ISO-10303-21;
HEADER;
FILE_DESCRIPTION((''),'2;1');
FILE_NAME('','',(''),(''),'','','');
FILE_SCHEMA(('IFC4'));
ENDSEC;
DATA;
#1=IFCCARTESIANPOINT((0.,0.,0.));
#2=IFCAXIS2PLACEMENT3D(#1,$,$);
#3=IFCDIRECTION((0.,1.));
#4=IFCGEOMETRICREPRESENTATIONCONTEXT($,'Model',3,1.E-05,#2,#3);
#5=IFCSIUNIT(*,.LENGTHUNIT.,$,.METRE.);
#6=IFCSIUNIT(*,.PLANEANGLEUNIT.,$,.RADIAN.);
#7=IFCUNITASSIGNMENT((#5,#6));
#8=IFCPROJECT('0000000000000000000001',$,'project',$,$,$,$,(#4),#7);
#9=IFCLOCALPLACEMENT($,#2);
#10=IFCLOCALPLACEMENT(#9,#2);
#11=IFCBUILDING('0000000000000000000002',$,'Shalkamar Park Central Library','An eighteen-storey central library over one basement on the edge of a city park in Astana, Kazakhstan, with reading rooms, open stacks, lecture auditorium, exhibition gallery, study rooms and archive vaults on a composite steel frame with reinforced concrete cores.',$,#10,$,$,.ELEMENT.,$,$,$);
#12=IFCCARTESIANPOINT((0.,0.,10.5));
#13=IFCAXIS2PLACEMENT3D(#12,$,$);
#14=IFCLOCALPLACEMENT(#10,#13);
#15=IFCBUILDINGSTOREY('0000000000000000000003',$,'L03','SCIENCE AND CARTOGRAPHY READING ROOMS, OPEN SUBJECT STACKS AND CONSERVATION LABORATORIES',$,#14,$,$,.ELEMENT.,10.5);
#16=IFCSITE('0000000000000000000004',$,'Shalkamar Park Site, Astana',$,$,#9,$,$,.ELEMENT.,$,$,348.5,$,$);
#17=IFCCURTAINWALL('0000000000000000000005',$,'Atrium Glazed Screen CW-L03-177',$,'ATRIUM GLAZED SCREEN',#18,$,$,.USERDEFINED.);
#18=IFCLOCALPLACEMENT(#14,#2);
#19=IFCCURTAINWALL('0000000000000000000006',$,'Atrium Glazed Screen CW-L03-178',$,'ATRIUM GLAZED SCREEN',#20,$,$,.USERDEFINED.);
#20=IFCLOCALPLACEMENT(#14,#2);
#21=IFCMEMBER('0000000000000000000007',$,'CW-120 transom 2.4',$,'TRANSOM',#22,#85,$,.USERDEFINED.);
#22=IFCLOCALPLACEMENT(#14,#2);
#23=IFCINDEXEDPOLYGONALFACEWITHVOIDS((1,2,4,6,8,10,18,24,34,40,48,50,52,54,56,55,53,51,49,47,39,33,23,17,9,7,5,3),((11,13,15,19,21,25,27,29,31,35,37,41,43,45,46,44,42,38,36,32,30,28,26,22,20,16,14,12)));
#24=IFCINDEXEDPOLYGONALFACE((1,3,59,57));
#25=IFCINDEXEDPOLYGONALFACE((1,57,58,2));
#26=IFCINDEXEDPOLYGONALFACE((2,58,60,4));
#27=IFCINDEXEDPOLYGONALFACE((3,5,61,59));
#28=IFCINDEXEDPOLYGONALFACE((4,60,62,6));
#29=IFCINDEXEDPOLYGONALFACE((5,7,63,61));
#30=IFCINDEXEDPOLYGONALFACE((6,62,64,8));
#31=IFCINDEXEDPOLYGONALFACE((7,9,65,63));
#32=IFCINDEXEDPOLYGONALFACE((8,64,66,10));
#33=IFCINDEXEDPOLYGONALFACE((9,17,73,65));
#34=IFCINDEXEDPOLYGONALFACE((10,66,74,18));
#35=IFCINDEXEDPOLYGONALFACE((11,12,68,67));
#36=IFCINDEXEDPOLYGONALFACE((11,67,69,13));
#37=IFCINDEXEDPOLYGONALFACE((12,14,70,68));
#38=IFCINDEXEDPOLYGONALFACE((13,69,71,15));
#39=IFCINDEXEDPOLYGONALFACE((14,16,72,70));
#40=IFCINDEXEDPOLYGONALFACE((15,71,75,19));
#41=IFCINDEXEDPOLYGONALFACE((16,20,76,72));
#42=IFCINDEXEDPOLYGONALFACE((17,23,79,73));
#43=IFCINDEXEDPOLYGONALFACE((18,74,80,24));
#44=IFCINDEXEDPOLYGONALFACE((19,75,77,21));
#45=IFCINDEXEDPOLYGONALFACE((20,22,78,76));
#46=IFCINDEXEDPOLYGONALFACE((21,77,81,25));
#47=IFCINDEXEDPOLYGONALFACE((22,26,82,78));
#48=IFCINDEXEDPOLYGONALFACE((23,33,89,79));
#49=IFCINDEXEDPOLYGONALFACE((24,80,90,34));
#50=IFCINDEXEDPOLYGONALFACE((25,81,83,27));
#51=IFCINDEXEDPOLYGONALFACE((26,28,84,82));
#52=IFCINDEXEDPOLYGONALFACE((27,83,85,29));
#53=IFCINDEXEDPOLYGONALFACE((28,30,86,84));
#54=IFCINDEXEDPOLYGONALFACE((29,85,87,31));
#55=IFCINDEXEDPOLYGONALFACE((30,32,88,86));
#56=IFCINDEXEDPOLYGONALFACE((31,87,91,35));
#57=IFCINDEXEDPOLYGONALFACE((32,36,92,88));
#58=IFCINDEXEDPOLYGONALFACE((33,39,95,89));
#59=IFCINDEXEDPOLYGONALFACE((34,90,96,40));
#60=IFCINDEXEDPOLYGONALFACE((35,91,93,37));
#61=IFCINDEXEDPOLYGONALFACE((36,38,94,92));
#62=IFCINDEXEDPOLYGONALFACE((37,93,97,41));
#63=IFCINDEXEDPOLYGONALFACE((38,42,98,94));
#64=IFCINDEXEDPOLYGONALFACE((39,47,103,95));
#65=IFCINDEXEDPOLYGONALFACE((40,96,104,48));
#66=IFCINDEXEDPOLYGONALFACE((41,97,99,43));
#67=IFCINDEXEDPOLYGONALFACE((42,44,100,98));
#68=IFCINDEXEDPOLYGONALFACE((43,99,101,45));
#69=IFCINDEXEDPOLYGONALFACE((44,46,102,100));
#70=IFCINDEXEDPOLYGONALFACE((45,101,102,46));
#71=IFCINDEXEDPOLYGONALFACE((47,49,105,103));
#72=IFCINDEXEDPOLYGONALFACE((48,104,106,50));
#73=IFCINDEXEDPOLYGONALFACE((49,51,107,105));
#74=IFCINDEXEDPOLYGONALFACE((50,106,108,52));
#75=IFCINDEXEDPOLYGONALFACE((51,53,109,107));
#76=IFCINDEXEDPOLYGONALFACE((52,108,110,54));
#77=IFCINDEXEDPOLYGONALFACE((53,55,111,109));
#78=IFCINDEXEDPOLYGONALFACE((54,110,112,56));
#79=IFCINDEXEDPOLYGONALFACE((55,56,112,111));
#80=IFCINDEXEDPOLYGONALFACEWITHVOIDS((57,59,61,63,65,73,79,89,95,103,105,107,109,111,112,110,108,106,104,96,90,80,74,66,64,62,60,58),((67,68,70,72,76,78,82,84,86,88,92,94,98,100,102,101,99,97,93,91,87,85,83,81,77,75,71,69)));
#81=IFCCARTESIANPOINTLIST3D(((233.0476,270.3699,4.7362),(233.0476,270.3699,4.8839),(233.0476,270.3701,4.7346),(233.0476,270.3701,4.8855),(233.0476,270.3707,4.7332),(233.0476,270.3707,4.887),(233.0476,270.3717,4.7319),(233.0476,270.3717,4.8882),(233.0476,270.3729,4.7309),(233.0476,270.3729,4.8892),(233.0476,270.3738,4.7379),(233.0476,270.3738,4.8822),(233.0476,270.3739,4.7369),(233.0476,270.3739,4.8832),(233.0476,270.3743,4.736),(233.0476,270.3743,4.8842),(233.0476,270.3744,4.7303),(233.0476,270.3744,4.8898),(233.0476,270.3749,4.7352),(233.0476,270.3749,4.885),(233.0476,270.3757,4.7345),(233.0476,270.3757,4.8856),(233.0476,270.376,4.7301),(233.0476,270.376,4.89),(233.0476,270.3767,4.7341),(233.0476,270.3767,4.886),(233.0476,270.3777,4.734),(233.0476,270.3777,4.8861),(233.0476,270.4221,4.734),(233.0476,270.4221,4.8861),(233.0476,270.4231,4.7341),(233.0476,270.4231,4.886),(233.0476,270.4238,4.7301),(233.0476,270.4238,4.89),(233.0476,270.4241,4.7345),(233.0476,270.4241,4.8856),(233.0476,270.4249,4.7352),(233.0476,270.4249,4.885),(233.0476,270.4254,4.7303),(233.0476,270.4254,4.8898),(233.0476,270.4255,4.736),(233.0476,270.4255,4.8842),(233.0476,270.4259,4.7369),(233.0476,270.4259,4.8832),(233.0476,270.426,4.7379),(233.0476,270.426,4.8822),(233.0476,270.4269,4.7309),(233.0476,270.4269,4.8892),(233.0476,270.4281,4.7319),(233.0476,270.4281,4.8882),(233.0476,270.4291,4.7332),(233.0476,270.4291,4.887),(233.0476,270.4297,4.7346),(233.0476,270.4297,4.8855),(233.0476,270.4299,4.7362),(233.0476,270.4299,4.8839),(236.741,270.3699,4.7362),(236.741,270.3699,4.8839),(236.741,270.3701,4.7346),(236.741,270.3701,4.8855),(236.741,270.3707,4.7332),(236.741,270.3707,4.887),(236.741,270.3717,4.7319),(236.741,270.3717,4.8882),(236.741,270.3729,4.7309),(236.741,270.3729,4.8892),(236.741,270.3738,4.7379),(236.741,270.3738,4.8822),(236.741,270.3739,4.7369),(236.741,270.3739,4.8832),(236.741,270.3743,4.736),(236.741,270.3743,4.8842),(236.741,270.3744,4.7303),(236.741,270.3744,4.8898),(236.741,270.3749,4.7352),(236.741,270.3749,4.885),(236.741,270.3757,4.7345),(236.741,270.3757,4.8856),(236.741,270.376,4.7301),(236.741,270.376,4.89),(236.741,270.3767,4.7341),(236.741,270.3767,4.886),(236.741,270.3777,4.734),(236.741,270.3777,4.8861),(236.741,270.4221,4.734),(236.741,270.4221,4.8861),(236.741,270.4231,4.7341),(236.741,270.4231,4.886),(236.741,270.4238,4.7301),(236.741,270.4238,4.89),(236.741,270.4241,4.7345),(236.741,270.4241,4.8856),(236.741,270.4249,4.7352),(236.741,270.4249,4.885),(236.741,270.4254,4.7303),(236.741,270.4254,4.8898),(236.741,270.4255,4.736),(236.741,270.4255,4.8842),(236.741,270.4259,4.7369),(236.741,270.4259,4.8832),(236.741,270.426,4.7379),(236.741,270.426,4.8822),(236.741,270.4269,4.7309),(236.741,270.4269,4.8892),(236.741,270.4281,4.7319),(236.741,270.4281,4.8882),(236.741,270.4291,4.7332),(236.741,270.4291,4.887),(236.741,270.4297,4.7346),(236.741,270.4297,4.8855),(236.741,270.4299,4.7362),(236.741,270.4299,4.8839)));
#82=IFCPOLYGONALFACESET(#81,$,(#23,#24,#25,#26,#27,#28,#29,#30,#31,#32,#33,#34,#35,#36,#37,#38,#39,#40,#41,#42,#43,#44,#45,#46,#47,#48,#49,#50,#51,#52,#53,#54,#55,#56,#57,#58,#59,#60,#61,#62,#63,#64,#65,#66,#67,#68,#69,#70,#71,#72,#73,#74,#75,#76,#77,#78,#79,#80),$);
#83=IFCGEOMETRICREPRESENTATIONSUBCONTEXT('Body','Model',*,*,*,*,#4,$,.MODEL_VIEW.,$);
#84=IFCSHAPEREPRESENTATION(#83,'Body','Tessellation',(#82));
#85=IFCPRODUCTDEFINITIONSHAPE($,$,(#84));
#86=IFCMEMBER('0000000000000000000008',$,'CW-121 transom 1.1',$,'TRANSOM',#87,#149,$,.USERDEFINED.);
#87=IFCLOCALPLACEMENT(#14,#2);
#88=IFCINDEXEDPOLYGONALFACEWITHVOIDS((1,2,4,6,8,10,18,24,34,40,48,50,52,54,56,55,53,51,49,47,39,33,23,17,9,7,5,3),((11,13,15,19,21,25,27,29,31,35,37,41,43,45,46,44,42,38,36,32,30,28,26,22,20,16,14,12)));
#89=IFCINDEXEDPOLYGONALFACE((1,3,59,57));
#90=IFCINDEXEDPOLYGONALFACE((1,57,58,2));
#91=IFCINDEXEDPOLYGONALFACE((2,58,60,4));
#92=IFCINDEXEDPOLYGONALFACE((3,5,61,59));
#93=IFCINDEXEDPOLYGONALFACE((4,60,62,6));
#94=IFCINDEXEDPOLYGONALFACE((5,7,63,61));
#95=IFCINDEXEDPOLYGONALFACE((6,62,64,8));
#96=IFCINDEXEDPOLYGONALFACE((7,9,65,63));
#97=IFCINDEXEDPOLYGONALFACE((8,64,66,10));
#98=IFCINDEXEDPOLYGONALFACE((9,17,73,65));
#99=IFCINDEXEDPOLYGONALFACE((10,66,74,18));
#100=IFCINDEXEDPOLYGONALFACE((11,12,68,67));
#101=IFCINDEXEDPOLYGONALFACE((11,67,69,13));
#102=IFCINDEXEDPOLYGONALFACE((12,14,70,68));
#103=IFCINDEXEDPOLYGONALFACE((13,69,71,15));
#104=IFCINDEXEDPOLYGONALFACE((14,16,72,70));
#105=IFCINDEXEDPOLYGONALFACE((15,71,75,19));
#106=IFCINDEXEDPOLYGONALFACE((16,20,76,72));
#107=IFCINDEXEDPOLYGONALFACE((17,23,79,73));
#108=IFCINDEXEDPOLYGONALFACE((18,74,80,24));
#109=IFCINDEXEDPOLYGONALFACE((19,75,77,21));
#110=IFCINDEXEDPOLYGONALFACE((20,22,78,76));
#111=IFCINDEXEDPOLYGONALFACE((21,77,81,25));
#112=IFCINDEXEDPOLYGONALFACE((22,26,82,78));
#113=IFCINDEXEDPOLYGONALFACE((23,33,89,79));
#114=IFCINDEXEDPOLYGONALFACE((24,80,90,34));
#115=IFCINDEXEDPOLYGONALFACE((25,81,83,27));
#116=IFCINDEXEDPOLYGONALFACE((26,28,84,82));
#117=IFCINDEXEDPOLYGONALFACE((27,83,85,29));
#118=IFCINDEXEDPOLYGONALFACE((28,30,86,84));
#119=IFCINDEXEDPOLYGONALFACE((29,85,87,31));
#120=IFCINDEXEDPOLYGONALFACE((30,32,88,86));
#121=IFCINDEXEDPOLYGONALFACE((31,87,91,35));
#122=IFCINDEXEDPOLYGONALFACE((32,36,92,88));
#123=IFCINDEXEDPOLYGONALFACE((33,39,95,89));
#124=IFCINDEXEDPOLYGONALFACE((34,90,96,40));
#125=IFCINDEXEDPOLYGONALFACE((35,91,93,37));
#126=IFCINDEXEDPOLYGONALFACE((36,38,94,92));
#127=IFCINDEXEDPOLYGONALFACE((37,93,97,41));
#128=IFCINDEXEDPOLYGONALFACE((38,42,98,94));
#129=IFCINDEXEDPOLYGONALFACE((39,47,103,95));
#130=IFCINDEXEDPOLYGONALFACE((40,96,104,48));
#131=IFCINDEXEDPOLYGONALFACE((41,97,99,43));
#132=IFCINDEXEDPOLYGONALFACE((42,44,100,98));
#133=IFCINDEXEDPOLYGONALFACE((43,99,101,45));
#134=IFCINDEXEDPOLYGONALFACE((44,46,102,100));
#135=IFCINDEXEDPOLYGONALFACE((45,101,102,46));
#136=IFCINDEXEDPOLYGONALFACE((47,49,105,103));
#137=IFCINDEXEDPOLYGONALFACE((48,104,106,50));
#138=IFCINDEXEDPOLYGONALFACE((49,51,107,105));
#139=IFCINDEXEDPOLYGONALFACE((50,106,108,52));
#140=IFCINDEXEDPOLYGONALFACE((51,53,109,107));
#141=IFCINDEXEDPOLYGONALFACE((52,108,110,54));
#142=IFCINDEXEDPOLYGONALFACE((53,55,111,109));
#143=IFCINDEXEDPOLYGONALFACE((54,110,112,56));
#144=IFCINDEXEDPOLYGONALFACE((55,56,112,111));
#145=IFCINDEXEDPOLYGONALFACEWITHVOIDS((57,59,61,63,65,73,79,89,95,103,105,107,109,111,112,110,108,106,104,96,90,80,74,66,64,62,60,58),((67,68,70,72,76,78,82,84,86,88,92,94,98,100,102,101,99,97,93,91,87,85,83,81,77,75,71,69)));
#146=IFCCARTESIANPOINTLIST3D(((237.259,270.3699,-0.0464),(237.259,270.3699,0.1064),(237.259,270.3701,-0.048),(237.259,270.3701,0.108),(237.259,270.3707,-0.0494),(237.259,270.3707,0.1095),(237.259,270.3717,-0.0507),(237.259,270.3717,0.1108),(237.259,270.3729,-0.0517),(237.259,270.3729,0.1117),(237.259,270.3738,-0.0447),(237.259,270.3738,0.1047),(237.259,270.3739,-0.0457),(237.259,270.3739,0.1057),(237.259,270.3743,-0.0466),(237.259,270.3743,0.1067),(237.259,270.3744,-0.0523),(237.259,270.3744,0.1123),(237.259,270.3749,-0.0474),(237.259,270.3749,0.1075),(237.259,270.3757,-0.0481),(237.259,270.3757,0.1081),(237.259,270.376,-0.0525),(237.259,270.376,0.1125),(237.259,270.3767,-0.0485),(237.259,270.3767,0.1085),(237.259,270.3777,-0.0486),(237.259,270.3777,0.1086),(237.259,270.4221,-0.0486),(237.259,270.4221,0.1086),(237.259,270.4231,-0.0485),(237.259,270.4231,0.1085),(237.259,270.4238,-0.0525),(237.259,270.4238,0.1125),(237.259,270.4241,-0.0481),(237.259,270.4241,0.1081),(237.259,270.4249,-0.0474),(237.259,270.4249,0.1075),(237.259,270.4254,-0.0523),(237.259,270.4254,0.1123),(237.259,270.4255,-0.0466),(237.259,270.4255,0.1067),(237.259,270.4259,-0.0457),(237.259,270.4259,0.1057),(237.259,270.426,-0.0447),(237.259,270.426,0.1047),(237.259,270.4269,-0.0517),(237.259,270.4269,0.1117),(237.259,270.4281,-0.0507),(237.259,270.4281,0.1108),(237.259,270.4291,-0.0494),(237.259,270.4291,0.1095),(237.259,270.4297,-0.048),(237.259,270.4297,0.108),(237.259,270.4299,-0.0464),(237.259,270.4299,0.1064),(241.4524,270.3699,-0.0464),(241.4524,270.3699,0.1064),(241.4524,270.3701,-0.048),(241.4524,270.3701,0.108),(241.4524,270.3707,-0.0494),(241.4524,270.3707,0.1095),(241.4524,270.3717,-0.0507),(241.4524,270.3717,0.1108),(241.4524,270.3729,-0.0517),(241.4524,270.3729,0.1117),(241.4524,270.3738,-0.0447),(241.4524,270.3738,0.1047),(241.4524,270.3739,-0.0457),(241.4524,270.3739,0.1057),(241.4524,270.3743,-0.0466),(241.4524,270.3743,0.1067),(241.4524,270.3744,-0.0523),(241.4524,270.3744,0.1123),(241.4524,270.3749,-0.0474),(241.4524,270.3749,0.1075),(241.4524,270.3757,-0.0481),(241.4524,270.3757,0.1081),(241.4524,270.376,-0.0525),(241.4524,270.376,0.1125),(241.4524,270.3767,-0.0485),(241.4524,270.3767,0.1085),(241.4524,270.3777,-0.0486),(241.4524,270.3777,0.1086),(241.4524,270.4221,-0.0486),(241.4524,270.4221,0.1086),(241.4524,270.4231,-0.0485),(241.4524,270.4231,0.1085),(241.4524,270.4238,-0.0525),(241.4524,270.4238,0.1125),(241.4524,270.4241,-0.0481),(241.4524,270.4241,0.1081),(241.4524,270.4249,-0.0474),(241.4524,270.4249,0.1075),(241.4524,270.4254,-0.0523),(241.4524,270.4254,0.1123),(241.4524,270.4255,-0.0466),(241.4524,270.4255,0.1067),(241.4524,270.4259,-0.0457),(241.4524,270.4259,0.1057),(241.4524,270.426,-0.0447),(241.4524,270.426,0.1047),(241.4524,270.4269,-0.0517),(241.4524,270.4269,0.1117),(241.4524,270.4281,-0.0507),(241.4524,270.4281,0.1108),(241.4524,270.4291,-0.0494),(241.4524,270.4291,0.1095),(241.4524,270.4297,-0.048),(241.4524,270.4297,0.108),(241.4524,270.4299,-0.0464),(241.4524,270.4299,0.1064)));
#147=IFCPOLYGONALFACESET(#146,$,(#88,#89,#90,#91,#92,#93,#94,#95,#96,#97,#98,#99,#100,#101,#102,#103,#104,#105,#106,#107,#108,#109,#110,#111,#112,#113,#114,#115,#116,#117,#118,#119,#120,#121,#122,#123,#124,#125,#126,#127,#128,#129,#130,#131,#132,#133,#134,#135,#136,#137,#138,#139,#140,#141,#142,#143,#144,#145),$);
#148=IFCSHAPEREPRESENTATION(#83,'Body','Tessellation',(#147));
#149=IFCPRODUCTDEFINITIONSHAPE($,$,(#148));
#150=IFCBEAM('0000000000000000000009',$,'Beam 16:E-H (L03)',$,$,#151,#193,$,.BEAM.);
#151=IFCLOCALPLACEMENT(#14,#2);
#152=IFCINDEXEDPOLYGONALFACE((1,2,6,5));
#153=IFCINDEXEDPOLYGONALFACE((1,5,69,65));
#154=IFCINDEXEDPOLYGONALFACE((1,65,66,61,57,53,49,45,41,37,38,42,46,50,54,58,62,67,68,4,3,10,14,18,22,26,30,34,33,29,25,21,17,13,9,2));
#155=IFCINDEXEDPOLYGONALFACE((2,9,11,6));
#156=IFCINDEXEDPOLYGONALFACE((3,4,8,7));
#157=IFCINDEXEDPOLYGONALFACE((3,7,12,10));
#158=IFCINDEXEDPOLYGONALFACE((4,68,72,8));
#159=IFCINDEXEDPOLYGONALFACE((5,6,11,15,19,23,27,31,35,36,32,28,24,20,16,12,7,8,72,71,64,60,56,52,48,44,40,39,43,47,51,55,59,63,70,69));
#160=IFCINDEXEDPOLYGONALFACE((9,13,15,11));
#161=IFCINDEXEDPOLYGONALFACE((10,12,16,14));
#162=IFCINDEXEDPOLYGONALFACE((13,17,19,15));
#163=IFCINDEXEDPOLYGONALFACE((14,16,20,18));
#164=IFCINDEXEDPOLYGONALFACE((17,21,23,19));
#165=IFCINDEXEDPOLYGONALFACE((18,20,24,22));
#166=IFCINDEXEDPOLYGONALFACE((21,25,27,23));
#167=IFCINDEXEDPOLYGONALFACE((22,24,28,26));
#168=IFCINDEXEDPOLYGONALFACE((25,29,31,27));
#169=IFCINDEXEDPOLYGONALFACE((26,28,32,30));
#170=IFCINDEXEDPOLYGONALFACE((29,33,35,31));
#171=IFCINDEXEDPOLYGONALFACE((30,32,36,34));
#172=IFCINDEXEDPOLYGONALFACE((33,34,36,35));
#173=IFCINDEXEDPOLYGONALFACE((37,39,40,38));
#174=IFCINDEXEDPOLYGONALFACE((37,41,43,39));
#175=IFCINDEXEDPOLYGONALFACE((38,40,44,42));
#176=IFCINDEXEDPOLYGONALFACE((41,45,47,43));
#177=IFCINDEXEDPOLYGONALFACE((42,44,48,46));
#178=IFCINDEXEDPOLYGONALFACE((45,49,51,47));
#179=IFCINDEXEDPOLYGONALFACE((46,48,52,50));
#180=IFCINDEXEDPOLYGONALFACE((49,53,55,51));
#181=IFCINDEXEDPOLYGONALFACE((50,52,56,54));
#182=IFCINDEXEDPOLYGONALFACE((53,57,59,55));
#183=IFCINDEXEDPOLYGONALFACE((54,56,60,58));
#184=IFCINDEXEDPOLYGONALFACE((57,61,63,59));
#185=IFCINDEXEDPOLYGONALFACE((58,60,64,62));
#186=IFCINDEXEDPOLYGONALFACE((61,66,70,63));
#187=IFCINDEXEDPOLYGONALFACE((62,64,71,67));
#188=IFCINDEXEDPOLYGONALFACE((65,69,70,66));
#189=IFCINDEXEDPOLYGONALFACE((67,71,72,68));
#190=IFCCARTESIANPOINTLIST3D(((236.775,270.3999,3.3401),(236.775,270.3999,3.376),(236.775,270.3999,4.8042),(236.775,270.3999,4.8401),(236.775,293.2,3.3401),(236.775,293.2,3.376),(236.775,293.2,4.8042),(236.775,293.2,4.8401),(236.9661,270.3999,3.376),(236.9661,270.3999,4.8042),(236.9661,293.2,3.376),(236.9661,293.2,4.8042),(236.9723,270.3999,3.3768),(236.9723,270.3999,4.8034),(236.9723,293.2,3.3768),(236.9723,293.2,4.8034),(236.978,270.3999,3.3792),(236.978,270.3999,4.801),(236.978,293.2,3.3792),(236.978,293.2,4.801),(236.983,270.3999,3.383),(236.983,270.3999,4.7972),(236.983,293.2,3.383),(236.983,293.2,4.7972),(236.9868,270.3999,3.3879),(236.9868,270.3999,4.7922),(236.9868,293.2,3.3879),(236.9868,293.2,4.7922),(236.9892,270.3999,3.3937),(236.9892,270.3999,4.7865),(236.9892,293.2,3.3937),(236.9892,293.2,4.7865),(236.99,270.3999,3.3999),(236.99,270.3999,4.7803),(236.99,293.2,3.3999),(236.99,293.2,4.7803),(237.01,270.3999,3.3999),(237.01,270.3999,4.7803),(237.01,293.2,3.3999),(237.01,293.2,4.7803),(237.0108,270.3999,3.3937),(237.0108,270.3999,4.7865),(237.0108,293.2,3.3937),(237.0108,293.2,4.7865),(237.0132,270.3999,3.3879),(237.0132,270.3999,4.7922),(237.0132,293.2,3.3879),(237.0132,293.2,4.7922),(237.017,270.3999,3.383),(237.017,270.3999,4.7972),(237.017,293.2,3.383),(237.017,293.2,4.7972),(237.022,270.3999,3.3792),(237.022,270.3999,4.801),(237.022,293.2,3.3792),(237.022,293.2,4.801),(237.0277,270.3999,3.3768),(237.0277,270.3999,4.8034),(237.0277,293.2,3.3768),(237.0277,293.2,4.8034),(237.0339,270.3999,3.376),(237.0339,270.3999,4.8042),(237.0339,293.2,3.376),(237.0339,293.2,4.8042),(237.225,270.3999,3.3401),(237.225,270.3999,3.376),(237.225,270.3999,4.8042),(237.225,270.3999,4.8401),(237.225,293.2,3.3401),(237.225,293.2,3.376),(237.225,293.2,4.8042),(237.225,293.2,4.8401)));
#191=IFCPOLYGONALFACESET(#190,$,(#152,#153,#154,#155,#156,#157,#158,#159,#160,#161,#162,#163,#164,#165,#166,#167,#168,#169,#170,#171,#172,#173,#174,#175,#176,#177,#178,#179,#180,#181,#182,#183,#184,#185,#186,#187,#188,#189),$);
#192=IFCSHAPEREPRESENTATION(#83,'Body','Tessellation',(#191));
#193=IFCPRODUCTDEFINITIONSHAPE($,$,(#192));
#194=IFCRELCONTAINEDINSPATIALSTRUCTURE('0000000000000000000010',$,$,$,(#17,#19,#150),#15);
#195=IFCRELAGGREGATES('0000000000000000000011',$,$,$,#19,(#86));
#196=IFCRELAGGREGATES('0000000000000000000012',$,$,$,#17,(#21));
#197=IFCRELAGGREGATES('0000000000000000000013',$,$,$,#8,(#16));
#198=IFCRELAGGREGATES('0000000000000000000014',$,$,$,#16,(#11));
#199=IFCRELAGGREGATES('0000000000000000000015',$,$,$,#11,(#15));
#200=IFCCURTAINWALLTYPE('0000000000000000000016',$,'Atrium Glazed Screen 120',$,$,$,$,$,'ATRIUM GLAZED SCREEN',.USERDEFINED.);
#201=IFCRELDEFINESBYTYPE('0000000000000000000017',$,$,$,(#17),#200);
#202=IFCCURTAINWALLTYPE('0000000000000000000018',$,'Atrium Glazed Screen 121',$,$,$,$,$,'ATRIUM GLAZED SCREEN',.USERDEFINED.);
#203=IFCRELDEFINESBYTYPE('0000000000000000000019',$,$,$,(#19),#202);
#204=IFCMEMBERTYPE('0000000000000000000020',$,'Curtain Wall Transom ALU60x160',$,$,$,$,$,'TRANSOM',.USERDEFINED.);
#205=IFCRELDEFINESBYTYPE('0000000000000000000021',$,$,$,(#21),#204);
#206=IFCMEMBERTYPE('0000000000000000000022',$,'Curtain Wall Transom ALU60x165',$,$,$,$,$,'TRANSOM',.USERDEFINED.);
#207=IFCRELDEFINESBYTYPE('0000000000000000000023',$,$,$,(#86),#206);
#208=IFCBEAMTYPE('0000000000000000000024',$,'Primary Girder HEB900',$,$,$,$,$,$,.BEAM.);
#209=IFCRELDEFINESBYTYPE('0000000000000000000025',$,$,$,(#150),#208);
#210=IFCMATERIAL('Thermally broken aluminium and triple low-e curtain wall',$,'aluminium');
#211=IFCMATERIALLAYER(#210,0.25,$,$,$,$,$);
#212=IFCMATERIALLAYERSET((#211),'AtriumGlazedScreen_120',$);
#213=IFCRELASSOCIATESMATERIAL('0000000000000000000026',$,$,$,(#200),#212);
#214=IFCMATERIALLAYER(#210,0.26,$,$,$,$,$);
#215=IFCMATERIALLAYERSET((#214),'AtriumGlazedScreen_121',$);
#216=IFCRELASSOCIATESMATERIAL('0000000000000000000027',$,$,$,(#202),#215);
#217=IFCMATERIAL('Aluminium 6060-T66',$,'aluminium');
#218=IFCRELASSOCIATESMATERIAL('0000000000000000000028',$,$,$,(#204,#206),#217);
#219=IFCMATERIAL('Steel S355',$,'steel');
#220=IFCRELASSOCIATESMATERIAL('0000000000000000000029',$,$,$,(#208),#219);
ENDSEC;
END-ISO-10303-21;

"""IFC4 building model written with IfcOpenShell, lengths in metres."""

from ifc_helpers import new_model, si_unit, direction, frame, origin, origin_2d, place, context, subcontext, project, spatial, hollow_rectangle, i_section, extrude, material, layer, layer_set, material_profile, profile_set, type_object, element, aggregate, save


model = new_model("IFC4")

# Units and contexts
model_context = context("Model", 3, precision=1e-05, world=origin(), true_north=direction((0.0, 1.0)))
body_context = subcontext(model_context, "Body", "Model", "MODEL_VIEW")
ifc_project = project(units=[si_unit("LENGTHUNIT", "METRE"), si_unit("PLANEANGLEUNIT", "RADIAN")], contexts=[model_context])

# Site, building, storey
site_placement = place(None, origin())
site = spatial("IfcSite", under=ifc_project, at=site_placement, Name="Shalkamar Park Site, Astana", CompositionType="ELEMENT", RefElevation=348.5)
building_placement = place(site_placement, origin())
building = spatial("IfcBuilding", under=site, at=building_placement, Name="Shalkamar Park Central Library", Description="An eighteen-storey central library over one basement on the edge of a city park in Astana, Kazakhstan, with reading rooms, open stacks, lecture auditorium, exhibition gallery, study rooms and archive vaults on a composite steel frame with reinforced concrete cores.", CompositionType="ELEMENT")
storey_placement = place(building_placement, frame((0.0, 0.0, 10.5)))
storey = spatial("IfcBuildingStorey", under=building, at=storey_placement, Name="L03", Description="SCIENCE AND CARTOGRAPHY READING ROOMS, OPEN SUBJECT STACKS AND CONSERVATION LABORATORIES", CompositionType="ELEMENT", Elevation=10.5)

# Shared definitions
ifc_material_1 = material(Name="Steel S355", Category="steel")

# Curtain wall
ifc_material_2 = material(Name="Thermally broken aluminium and triple low-e curtain wall", Category="aluminium")
ifc_layer_1 = layer(ifc_material_2, 0.25)
ifc_layer_set_1 = layer_set([ifc_layer_1], Name="AtriumGlazedScreen_120")
curtain_wall_type_1 = type_object("IfcCurtainWallType", Name="Atrium Glazed Screen 120", ElementType="ATRIUM GLAZED SCREEN", PredefinedType="USERDEFINED", material=ifc_layer_set_1)
curtain_wall_1_placement = place(storey_placement, origin())
curtain_wall_1 = element("IfcCurtainWall", 1, at=curtain_wall_1_placement, inside=storey, type_object=curtain_wall_type_1, Name="Atrium Glazed Screen CW-L03-177", ObjectType="ATRIUM GLAZED SCREEN", PredefinedType="USERDEFINED")
ifc_material_3 = material(Name="Aluminium 6060-T66", Category="aluminium")

# Curtain wall
ifc_layer_2 = layer(ifc_material_2, 0.26)
ifc_layer_set_2 = layer_set([ifc_layer_2], Name="AtriumGlazedScreen_121")
curtain_wall_type_2 = type_object("IfcCurtainWallType", Name="Atrium Glazed Screen 121", ElementType="ATRIUM GLAZED SCREEN", PredefinedType="USERDEFINED", material=ifc_layer_set_2)
curtain_wall_2_placement = place(storey_placement, origin())
curtain_wall_2 = element("IfcCurtainWall", 2, at=curtain_wall_2_placement, inside=storey, type_object=curtain_wall_type_2, Name="Atrium Glazed Screen CW-L03-178", ObjectType="ATRIUM GLAZED SCREEN", PredefinedType="USERDEFINED")

# Members
ifc_material_profile_1 = material_profile(ifc_material_3, hollow_rectangle(XDim=0.0601, YDim=0.1599, WallThickness=0.0039, InnerFilletRadius=0.0039, OuterFilletRadius=0.0061, at=origin_2d()), Name="ALU 60x160x4")
ifc_profile_set_1 = profile_set([ifc_material_profile_1], Name="Aluminium 6060-T66")
member_type_1 = type_object("IfcMemberType", Name="Curtain Wall Transom ALU60x160", ElementType="TRANSOM", PredefinedType="USERDEFINED", material=ifc_profile_set_1)
member_1_placement = place(storey_placement, frame((233.0476, 270.3999, 4.8101), z_axis=(1.0, 0.0, 0.0), x_axis=(0.0, 1.0, 0.0)))
member_1 = element("IfcMember", 3, at=member_1_placement, type_object=member_type_1, Name="CW-120 transom 2.4", ObjectType="TRANSOM", PredefinedType="USERDEFINED", context=body_context, shape_type="SweptSolid", body=[
    extrude(hollow_rectangle(XDim=0.0601, YDim=0.1599, WallThickness=0.0039, InnerFilletRadius=0.0039, OuterFilletRadius=0.0061, at=origin_2d()), origin(), (0.0, 0.0, 1.0), 3.6934),
])
ifc_material_profile_2 = material_profile(ifc_material_3, hollow_rectangle(XDim=0.0601, YDim=0.165, WallThickness=0.0039, InnerFilletRadius=0.0039, OuterFilletRadius=0.0061, at=origin_2d()), Name="ALU 60x165x4")
ifc_profile_set_2 = profile_set([ifc_material_profile_2], Name="Aluminium 6060-T66")
member_type_2 = type_object("IfcMemberType", Name="Curtain Wall Transom ALU60x165", ElementType="TRANSOM", PredefinedType="USERDEFINED", material=ifc_profile_set_2)
member_2_placement = place(storey_placement, frame((237.259, 270.3999, 0.03), z_axis=(1.0, 0.0, 0.0), x_axis=(0.0, 1.0, 0.0)))
member_2 = element("IfcMember", 4, at=member_2_placement, type_object=member_type_2, Name="CW-121 transom 1.1", ObjectType="TRANSOM", PredefinedType="USERDEFINED", context=body_context, shape_type="SweptSolid", body=[
    extrude(hollow_rectangle(XDim=0.0601, YDim=0.165, WallThickness=0.0039, InnerFilletRadius=0.0039, OuterFilletRadius=0.0061, at=origin_2d()), origin(), (0.0, 0.0, 1.0), 4.1934),
])
aggregate(curtain_wall_2, [member_2])

# Beam
ifc_material_profile_3 = material_profile(ifc_material_1, i_section(OverallWidth=0.45, OverallDepth=1.5, WebThickness=0.02, FlangeThickness=0.0359, FilletRadius=0.0239, at=origin_2d()), Name="PG 1500x450")
ifc_profile_set_3 = profile_set([ifc_material_profile_3], Name="Steel S355")
beam_type_1 = type_object("IfcBeamType", Name="Primary Girder HEB900", PredefinedType="BEAM", material=ifc_profile_set_3)
beam_1_placement = place(storey_placement, frame((237.0, 270.3999, 4.0901), z_axis=(0.0, 1.0, 0.0), x_axis=(-1.0, 0.0, 0.0)))
element("IfcBeam", 5, at=beam_1_placement, inside=storey, type_object=beam_type_1, Name="Beam 16:E-H (L03)", PredefinedType="BEAM", context=body_context, shape_type="SweptSolid", body=[
    extrude(i_section(OverallWidth=0.45, OverallDepth=1.5, WebThickness=0.02, FlangeThickness=0.0359, FilletRadius=0.0239, at=origin_2d()), origin(), (0.0, 0.0, 1.0), 22.8),
])

aggregate(curtain_wall_1, [member_1])

save(model, "model.ifc")
